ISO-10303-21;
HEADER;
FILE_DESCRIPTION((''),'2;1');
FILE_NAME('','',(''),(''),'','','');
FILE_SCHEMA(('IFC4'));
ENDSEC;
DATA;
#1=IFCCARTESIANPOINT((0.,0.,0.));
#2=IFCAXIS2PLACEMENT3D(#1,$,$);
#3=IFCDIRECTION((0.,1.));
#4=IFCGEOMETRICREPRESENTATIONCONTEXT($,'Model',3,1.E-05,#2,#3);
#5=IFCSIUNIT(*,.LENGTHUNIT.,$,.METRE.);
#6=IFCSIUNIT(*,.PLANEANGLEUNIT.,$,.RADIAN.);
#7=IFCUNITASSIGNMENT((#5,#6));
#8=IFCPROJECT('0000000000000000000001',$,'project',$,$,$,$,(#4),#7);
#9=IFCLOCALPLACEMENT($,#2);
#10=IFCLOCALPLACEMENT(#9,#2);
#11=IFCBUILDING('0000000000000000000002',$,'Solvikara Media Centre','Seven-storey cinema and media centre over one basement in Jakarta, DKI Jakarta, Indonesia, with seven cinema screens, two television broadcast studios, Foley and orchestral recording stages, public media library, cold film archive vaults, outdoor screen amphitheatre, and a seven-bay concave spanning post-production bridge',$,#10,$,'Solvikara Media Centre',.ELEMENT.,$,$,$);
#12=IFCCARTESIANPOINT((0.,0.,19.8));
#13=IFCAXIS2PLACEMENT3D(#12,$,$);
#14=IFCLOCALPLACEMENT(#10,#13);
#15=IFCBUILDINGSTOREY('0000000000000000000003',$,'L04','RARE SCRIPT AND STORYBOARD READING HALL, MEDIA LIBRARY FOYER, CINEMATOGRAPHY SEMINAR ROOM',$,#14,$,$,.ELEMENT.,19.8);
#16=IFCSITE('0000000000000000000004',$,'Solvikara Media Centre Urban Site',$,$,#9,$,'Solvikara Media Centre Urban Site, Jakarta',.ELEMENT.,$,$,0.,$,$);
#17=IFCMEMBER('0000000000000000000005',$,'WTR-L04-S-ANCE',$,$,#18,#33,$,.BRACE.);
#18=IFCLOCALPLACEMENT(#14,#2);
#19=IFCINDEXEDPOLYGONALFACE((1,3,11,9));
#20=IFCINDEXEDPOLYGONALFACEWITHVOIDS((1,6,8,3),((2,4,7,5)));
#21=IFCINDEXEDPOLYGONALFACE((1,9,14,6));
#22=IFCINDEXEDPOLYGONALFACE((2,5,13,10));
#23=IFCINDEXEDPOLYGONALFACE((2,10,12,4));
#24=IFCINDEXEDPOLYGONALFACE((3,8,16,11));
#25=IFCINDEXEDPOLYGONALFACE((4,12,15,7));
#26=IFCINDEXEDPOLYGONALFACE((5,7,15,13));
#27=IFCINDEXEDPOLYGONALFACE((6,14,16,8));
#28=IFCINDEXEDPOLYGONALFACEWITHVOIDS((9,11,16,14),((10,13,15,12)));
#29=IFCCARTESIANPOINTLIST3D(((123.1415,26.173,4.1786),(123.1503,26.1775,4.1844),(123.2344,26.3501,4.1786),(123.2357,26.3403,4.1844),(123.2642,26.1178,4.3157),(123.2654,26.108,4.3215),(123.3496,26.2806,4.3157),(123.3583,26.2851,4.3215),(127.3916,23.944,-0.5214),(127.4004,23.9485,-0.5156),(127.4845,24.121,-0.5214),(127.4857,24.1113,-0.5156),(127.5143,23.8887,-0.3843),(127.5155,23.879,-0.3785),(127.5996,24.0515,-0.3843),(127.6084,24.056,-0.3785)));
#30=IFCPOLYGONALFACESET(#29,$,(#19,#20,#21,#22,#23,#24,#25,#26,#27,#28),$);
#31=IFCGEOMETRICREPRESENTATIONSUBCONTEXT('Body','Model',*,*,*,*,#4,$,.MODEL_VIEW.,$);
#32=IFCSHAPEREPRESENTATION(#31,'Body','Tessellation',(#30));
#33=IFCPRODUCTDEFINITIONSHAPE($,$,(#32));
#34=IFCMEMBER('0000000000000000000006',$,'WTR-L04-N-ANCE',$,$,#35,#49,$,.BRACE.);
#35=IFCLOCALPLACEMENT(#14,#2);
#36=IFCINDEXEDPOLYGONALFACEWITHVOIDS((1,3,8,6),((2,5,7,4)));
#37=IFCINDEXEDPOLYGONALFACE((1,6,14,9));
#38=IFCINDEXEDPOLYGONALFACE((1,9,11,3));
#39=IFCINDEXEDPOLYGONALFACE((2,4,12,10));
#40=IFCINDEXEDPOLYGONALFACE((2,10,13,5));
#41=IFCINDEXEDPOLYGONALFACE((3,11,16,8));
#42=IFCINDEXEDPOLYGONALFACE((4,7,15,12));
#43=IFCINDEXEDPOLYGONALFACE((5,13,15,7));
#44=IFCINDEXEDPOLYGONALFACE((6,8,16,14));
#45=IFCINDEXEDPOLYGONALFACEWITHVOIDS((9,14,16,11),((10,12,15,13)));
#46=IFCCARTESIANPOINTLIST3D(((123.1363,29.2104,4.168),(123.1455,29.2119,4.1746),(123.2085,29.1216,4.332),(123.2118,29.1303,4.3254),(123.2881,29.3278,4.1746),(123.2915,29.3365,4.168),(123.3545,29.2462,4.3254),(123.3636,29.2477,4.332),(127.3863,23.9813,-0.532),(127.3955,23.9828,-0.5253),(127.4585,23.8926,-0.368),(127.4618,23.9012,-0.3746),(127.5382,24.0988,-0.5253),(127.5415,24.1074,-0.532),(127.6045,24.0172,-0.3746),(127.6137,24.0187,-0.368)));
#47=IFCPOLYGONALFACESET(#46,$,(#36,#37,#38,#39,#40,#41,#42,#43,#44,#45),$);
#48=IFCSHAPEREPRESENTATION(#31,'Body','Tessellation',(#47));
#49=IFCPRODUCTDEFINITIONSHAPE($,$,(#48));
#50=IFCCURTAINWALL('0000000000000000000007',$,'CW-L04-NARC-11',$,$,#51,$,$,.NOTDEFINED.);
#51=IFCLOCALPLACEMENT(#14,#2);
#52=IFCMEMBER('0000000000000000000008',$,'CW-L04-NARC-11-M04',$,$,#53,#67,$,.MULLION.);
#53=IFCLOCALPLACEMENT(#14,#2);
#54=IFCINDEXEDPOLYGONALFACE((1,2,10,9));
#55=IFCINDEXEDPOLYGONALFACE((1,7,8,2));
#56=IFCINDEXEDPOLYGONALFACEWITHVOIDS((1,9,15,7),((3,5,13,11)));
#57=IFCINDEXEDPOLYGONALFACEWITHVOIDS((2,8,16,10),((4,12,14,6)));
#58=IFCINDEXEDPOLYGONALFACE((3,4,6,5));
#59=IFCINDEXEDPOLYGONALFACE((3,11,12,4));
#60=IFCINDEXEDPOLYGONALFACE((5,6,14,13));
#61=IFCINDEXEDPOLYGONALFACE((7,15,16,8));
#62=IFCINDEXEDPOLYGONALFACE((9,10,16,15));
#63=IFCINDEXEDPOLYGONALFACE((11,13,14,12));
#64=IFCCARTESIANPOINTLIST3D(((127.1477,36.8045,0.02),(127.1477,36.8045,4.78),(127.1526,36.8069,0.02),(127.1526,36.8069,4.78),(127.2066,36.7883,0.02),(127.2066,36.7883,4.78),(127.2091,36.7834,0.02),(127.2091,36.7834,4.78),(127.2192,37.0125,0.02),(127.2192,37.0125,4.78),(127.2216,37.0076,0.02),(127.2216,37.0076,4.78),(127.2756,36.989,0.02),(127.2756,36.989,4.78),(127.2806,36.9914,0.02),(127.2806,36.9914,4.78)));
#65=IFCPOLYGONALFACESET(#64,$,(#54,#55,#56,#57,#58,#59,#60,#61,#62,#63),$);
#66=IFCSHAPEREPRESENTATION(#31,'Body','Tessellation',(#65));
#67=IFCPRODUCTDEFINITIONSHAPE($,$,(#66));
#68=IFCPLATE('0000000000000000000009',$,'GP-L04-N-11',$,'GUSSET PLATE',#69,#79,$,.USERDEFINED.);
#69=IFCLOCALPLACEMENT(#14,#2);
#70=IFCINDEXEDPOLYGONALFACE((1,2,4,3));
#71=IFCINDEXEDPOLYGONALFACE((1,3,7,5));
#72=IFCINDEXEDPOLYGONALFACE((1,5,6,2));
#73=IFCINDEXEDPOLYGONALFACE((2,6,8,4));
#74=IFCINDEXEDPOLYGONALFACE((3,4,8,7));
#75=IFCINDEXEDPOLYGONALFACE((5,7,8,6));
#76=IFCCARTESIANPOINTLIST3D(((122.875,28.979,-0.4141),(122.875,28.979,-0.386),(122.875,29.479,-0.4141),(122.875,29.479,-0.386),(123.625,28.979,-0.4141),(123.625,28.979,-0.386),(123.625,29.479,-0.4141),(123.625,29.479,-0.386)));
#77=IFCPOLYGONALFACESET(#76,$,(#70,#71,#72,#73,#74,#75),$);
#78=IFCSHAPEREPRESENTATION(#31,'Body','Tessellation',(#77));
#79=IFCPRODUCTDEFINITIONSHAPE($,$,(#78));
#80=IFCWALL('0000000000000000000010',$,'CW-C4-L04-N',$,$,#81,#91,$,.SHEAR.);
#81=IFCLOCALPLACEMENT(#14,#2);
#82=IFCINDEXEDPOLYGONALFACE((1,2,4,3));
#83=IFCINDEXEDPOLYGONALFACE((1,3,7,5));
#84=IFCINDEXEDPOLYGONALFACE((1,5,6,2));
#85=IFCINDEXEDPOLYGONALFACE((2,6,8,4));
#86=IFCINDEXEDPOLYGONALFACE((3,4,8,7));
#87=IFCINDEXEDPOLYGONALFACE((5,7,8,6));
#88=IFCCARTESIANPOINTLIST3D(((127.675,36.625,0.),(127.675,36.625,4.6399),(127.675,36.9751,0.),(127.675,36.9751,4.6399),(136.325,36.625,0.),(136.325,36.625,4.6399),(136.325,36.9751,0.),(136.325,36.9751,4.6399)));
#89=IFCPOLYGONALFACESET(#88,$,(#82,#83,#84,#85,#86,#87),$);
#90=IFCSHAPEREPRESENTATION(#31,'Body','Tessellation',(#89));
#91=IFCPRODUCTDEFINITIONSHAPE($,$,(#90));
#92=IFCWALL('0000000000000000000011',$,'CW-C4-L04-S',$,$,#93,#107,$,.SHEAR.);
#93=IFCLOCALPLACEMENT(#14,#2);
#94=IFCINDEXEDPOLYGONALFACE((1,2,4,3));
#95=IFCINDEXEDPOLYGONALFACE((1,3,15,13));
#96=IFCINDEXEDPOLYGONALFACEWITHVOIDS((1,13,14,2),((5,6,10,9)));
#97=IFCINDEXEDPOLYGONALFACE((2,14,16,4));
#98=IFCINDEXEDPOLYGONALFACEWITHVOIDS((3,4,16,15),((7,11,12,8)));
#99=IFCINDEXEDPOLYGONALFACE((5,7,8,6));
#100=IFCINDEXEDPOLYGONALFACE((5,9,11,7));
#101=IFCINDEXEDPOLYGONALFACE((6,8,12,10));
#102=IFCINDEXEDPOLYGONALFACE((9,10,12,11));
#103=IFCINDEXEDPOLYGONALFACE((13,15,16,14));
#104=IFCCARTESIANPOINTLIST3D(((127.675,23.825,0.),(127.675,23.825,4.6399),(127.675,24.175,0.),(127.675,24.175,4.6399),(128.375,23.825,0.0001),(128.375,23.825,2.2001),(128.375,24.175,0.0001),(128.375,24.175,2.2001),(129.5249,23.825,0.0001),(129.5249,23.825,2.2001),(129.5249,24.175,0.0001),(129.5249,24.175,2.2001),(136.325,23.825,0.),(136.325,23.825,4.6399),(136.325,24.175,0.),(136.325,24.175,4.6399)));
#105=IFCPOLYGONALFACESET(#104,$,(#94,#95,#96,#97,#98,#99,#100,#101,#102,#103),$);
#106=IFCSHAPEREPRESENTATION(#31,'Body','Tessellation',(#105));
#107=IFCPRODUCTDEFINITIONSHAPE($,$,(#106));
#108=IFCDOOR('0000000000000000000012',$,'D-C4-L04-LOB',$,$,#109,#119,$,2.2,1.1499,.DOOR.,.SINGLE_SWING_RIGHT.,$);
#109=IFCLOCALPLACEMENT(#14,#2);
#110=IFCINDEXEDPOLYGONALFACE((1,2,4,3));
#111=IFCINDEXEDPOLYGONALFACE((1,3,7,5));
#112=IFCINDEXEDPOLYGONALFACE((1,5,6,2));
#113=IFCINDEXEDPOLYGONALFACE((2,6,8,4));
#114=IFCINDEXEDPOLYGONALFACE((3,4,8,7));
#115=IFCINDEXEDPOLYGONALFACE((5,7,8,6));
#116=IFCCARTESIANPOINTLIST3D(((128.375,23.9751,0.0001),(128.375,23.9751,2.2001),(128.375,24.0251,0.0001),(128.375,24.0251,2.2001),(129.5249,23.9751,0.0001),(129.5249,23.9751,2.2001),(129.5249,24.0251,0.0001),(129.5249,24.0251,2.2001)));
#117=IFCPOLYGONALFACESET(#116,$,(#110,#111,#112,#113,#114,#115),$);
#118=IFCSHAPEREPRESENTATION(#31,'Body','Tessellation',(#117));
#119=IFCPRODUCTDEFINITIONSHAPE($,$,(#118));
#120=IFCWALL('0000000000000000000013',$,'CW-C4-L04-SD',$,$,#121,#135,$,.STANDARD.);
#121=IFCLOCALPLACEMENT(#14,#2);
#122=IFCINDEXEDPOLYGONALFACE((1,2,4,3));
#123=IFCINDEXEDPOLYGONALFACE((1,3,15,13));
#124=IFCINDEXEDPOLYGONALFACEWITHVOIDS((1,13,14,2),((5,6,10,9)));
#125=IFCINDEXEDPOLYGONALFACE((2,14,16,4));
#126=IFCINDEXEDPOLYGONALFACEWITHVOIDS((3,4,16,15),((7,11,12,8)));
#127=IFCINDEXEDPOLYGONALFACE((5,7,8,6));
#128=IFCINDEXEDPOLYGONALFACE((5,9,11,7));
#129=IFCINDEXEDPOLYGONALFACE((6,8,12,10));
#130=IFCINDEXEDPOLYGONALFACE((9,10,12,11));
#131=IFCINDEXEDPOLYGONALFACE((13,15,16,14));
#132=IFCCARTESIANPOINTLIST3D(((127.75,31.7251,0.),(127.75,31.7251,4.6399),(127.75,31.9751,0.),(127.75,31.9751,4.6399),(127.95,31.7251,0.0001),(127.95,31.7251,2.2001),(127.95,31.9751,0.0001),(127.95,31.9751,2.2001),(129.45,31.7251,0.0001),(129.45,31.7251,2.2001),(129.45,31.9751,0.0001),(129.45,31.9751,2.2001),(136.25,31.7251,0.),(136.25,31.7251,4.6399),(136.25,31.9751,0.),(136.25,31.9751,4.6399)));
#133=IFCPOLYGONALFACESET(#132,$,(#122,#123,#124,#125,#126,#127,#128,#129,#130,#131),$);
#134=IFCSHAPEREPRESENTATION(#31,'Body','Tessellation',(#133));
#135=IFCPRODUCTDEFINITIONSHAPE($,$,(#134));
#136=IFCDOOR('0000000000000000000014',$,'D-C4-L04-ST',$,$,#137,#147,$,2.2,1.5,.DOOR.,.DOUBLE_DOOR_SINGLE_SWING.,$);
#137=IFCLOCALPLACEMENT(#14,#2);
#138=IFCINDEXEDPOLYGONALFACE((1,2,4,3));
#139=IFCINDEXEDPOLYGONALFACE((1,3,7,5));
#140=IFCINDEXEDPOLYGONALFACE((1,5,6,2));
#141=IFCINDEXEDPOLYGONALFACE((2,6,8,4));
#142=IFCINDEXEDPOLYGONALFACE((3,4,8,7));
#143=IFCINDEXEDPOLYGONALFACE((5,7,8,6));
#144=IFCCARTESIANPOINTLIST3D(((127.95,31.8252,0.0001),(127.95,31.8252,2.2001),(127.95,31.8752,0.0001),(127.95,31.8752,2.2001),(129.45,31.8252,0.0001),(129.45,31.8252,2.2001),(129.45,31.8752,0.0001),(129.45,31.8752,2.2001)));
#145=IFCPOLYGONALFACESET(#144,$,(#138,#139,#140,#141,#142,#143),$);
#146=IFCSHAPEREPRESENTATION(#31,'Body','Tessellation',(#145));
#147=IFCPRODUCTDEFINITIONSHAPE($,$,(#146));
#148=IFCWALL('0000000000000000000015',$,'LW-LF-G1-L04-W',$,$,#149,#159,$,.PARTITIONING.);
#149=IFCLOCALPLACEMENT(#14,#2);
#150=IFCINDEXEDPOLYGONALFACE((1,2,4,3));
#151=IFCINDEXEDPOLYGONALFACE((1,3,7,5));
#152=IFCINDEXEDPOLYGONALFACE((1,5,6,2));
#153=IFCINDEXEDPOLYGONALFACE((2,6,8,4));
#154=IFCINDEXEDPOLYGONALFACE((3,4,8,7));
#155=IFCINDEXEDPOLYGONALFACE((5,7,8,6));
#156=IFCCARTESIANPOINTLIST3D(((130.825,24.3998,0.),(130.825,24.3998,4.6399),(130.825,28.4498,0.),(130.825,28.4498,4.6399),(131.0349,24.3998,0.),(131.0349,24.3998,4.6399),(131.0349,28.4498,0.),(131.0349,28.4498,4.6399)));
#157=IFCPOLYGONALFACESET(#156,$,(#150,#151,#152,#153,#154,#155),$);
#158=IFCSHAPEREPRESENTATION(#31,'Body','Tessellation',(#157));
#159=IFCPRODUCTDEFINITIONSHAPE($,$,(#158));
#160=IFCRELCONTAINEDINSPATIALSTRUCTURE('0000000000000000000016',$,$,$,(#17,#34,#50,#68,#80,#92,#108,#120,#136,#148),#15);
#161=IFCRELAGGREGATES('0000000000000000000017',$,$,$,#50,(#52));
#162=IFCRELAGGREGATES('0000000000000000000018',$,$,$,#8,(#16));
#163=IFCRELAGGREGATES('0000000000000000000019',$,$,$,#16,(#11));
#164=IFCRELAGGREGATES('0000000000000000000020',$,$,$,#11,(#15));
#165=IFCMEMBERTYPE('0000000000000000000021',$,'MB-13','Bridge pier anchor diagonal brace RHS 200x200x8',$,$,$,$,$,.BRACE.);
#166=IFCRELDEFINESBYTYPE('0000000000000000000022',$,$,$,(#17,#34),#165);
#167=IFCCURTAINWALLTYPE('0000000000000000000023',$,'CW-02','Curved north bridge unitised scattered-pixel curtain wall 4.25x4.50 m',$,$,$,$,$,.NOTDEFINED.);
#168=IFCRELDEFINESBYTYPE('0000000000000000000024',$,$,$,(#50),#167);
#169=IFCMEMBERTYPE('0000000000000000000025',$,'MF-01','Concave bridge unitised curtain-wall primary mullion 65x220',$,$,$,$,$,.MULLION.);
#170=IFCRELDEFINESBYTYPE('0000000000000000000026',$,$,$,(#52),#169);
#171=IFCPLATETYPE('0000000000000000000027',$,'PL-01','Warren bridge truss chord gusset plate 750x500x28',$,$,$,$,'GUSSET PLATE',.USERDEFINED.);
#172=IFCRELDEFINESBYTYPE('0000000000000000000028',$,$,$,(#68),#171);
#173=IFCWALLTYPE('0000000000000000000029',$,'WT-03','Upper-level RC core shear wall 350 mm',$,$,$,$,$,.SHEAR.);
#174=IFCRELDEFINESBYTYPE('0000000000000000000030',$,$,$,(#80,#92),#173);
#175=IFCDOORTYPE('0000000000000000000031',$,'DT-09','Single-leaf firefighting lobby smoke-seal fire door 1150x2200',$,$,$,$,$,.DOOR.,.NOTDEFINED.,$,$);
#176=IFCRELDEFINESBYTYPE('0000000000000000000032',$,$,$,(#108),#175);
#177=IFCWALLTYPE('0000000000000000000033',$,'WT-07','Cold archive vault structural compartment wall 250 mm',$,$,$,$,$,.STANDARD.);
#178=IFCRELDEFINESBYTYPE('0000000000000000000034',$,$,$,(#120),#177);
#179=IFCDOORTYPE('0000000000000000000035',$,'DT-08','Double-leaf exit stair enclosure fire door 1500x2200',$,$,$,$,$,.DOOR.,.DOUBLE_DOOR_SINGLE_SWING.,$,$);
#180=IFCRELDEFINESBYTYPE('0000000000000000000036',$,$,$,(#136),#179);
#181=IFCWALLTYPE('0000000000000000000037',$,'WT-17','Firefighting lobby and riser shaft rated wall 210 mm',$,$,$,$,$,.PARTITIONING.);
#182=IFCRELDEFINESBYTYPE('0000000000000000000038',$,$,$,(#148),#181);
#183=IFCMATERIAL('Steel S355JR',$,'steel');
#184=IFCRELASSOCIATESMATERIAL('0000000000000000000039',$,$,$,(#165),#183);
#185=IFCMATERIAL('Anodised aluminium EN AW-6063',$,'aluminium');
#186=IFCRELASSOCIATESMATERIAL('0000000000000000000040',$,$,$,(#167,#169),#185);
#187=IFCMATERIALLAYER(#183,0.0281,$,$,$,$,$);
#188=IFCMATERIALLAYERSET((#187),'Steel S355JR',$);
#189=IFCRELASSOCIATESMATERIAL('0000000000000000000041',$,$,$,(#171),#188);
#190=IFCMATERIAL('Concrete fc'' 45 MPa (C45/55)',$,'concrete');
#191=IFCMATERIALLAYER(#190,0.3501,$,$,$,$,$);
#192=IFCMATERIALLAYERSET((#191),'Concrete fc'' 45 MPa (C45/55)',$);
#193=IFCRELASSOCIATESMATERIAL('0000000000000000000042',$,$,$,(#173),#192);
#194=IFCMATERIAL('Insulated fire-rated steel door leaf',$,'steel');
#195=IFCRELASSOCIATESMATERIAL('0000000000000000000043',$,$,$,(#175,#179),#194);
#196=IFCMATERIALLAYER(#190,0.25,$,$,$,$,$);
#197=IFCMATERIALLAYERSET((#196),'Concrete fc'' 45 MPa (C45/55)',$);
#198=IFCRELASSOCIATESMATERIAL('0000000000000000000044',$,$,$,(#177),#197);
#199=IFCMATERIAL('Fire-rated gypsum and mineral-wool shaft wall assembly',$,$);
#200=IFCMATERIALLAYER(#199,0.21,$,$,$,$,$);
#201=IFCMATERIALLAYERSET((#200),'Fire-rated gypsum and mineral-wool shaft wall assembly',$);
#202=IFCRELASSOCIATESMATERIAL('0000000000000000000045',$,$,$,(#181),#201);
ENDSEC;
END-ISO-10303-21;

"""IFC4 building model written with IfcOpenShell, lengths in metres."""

from ifc_helpers import new_model, si_unit, direction, frame, frame_2d, origin, origin_2d, place, context, subcontext, project, spatial, rectangle, hollow_rectangle, extrude, material, layer, layer_set, material_profile, profile_set, type_object, element, fill, aggregate, save


model = new_model("IFC4")

# Units and contexts
model_context = context("Model", 3, precision=1e-05, world=origin(), true_north=direction((0.0, 1.0)))
body_context = subcontext(model_context, "Body", "Model", "MODEL_VIEW")
ifc_project = project(units=[si_unit("LENGTHUNIT", "METRE"), si_unit("PLANEANGLEUNIT", "RADIAN")], contexts=[model_context])

# Site, building, storey
site_placement = place(None, origin())
site = spatial("IfcSite", under=ifc_project, at=site_placement, Name="Solvikara Media Centre Urban Site", LongName="Solvikara Media Centre Urban Site, Jakarta", CompositionType="ELEMENT", RefElevation=0.0)
building_placement = place(site_placement, origin())
building = spatial("IfcBuilding", under=site, at=building_placement, Name="Solvikara Media Centre", Description="Seven-storey cinema and media centre over one basement in Jakarta, DKI Jakarta, Indonesia, with seven cinema screens, two television broadcast studios, Foley and orchestral recording stages, public media library, cold film archive vaults, outdoor screen amphitheatre, and a seven-bay concave spanning post-production bridge", LongName="Solvikara Media Centre", CompositionType="ELEMENT")
storey_placement = place(building_placement, frame((0.0, 0.0, 19.8)))
storey = spatial("IfcBuildingStorey", under=building, at=storey_placement, Name="L04", Description="RARE SCRIPT AND STORYBOARD READING HALL, MEDIA LIBRARY FOYER, CINEMATOGRAPHY SEMINAR ROOM", CompositionType="ELEMENT", Elevation=19.8)

# Shared definitions
ifc_material_1 = material(Name="Steel S355JR", Category="steel")

# Members
ifc_material_profile_1 = material_profile(ifc_material_1, hollow_rectangle(XDim=0.2, YDim=0.2, WallThickness=0.0081, at=origin_2d()), Name="RHS 200x200x8")
ifc_profile_set_1 = profile_set([ifc_material_profile_1], Name="Steel S355JR")
member_type_1 = type_object("IfcMemberType", Name="MB-13", Description="Bridge pier anchor diagonal brace RHS 200x200x8", PredefinedType="BRACE", material=ifc_profile_set_1)
member_1_placement = place(storey_placement, frame((127.5, 24.0, -0.45), z_axis=(-0.632706, 0.331836, 0.699691), x_axis=(-0.464467, -0.88559, 0.0)))
element("IfcMember", 1, at=member_1_placement, inside=storey, type_object=member_type_1, Name="WTR-L04-S-ANCE", PredefinedType="BRACE", context=body_context, shape_type="SweptSolid", body=[
    extrude(hollow_rectangle(XDim=0.2, YDim=0.2, WallThickness=0.0081, at=origin_2d()), origin(), (0.0, 0.0, 1.0), 6.7173),
])
member_2_placement = place(storey_placement, frame((127.5, 24.0, -0.45), z_axis=(-0.517315, 0.63648, 0.572083), x_axis=(-0.77601, -0.630721, 0.0)))
element("IfcMember", 2, at=member_2_placement, inside=storey, type_object=member_type_1, Name="WTR-L04-N-ANCE", PredefinedType="BRACE", context=body_context, shape_type="SweptSolid", body=[
    extrude(hollow_rectangle(XDim=0.2, YDim=0.2, WallThickness=0.0081, at=origin_2d()), origin(), (0.0, 0.0, 1.0), 8.2156),
])

# Curtain wall, member
ifc_material_2 = material(Name="Anodised aluminium EN AW-6063", Category="aluminium")
curtain_wall_type = type_object("IfcCurtainWallType", Name="CW-02", Description="Curved north bridge unitised scattered-pixel curtain wall 4.25x4.50 m", PredefinedType="NOTDEFINED", material=ifc_material_2)
curtain_wall_placement = place(storey_placement, origin())
curtain_wall = element("IfcCurtainWall", 3, at=curtain_wall_placement, inside=storey, type_object=curtain_wall_type, Name="CW-L04-NARC-11", PredefinedType="NOTDEFINED")
ifc_material_profile_2 = material_profile(ifc_material_2, hollow_rectangle(XDim=0.0649, YDim=0.22, WallThickness=0.0039, at=origin_2d()), Name="ALU-M 65x220x4")
ifc_profile_set_2 = profile_set([ifc_material_profile_2], Name="Anodised aluminium EN AW-6063")
member_type_2 = type_object("IfcMemberType", Name="MF-01", Description="Concave bridge unitised curtain-wall primary mullion 65x220", PredefinedType="MULLION", material=ifc_profile_set_2)
member_3_placement = place(storey_placement, frame((127.2141, 36.8979, 0.02), z_axis=(0.0, 0.0, 1.0), x_axis=(0.945706, -0.325024, 0.0)))
member_3 = element("IfcMember", 4, at=member_3_placement, type_object=member_type_2, Name="CW-L04-NARC-11-M04", PredefinedType="MULLION", context=body_context, shape_type="SweptSolid", body=[
    extrude(hollow_rectangle(XDim=0.0649, YDim=0.22, WallThickness=0.0039, at=origin_2d()), origin(), (0.0, 0.0, 1.0), 4.76),
])
aggregate(curtain_wall, [member_3])

# Plate
ifc_layer_1 = layer(ifc_material_1, 0.0281)
ifc_layer_set_1 = layer_set([ifc_layer_1], Name="Steel S355JR")
plate_type = type_object("IfcPlateType", Name="PL-01", Description="Warren bridge truss chord gusset plate 750x500x28", ElementType="GUSSET PLATE", PredefinedType="USERDEFINED", material=ifc_layer_set_1)
plate_placement = place(storey_placement, frame((123.25, 29.229, -0.4141), z_axis=(0.0, 0.0, 1.0), x_axis=(1.0, 0.0, 0.0)))
element("IfcPlate", 5, at=plate_placement, inside=storey, type_object=plate_type, Name="GP-L04-N-11", ObjectType="GUSSET PLATE", PredefinedType="USERDEFINED", context=body_context, shape_type="SweptSolid", body=[
    extrude(rectangle(XDim=0.75, YDim=0.5, at=origin_2d()), origin(), (0.0, 0.0, 1.0), 0.0281),
])

# Wall
ifc_material_3 = material(Name="Concrete fc' 45 MPa (C45/55)", Category="concrete")
ifc_layer_2 = layer(ifc_material_3, 0.3501)
ifc_layer_set_2 = layer_set([ifc_layer_2], Name="Concrete fc' 45 MPa (C45/55)")
wall_type_1 = type_object("IfcWallType", Name="WT-03", Description="Upper-level RC core shear wall 350 mm", PredefinedType="SHEAR", material=ifc_layer_set_2)
wall_1_placement = place(storey_placement, frame((127.675, 36.8, 0.0), z_axis=(0.0, 0.0, 1.0), x_axis=(1.0, 0.0, 0.0)))
element("IfcWall", 6, at=wall_1_placement, inside=storey, type_object=wall_type_1, Name="CW-C4-L04-N", PredefinedType="SHEAR", context=body_context, shape_type="SweptSolid", body=[
    extrude(rectangle(XDim=8.6499, YDim=0.3501, at=frame_2d((4.325, 0.0))), origin(), (0.0, 0.0, 1.0), 4.6399),
])

# Walls, openings, doors
wall_2_placement = place(storey_placement, frame((127.675, 24.0, 0.0), z_axis=(0.0, 0.0, 1.0), x_axis=(1.0, 0.0, 0.0)))
wall_2 = element("IfcWall", 7, at=wall_2_placement, inside=storey, type_object=wall_type_1, Name="CW-C4-L04-S", PredefinedType="SHEAR", context=body_context, shape_type="SweptSolid", body=[
    extrude(rectangle(XDim=8.6499, YDim=0.3501, at=frame_2d((4.325, 0.0))), origin(), (0.0, 0.0, 1.0), 4.6399),
])
opening_1_placement = place(wall_2_placement, frame((0.7, 0.0, 0.0)))
opening_1 = element("IfcOpeningElement", 8, at=opening_1_placement, cuts=wall_2, PredefinedType="OPENING", context=body_context, shape_type="SweptSolid", body=[
    extrude(rectangle(XDim=1.1499, YDim=2.2, at=frame_2d((0.575, 1.1001))), frame((0.0, 0.187, 0.0), z_axis=(0.0, -1.0, 0.0), x_axis=(1.0, 0.0, 0.0)), (0.0, 0.0, 1.0), 0.374),
])
ifc_material_4 = material(Name="Insulated fire-rated steel door leaf", Category="steel")
door_type_1 = type_object("IfcDoorType", Name="DT-09", Description="Single-leaf firefighting lobby smoke-seal fire door 1150x2200", OperationType="NOTDEFINED", PredefinedType="DOOR", material=ifc_material_4)
door_1_placement = place(opening_1_placement, frame((1.1499, 0.0, 0.0), z_axis=(0.0, 0.0, 1.0), x_axis=(-1.0, 0.0, 0.0)))
door_1 = element("IfcDoor", 9, at=door_1_placement, inside=storey, type_object=door_type_1, Name="D-C4-L04-LOB", OperationType="SINGLE_SWING_RIGHT", OverallHeight=2.2, OverallWidth=1.1499, PredefinedType="DOOR", context=body_context, shape_type="SweptSolid", body=[
    extrude(rectangle(XDim=1.1499, YDim=2.2, at=frame_2d((0.575, 1.1001))), frame((0.0, 0.0249, 0.0), z_axis=(0.0, -1.0, 0.0), x_axis=(1.0, 0.0, 0.0)), (0.0, 0.0, 1.0), 0.05),
])
fill(opening_1, door_1)
ifc_layer_3 = layer(ifc_material_3, 0.25)
ifc_layer_set_3 = layer_set([ifc_layer_3], Name="Concrete fc' 45 MPa (C45/55)")
wall_type_2 = type_object("IfcWallType", Name="WT-07", Description="Cold archive vault structural compartment wall 250 mm", PredefinedType="STANDARD", material=ifc_layer_set_3)
wall_3_placement = place(storey_placement, frame((127.75, 31.8501, 0.0), z_axis=(0.0, 0.0, 1.0), x_axis=(1.0, 0.0, 0.0)))
wall_3 = element("IfcWall", 10, at=wall_3_placement, inside=storey, type_object=wall_type_2, Name="CW-C4-L04-SD", PredefinedType="STANDARD", context=body_context, shape_type="SweptSolid", body=[
    extrude(rectangle(XDim=8.5, YDim=0.25, at=frame_2d((4.25, 0.0))), origin(), (0.0, 0.0, 1.0), 4.6399),
])
opening_2_placement = place(wall_3_placement, frame((0.2, 0.0, 0.0)))
opening_2 = element("IfcOpeningElement", 11, at=opening_2_placement, cuts=wall_3, PredefinedType="OPENING", context=body_context, shape_type="SweptSolid", body=[
    extrude(rectangle(XDim=1.5, YDim=2.2, at=frame_2d((0.75, 1.1001))), frame((0.0, 0.137, 0.0), z_axis=(0.0, -1.0, 0.0), x_axis=(1.0, 0.0, 0.0)), (0.0, 0.0, 1.0), 0.2739),
])
door_type_2 = type_object("IfcDoorType", Name="DT-08", Description="Double-leaf exit stair enclosure fire door 1500x2200", OperationType="DOUBLE_DOOR_SINGLE_SWING", PredefinedType="DOOR", material=ifc_material_4)
door_2_placement = place(opening_2_placement, frame((1.5, 0.0, 0.0), z_axis=(0.0, 0.0, 1.0), x_axis=(-1.0, 0.0, 0.0)))
door_2 = element("IfcDoor", 12, at=door_2_placement, inside=storey, type_object=door_type_2, Name="D-C4-L04-ST", OperationType="DOUBLE_DOOR_SINGLE_SWING", OverallHeight=2.2, OverallWidth=1.5, PredefinedType="DOOR", context=body_context, shape_type="SweptSolid", body=[
    extrude(rectangle(XDim=1.5, YDim=2.2, at=frame_2d((0.75, 1.1001))), frame((0.0, 0.0249, 0.0), z_axis=(0.0, -1.0, 0.0), x_axis=(1.0, 0.0, 0.0)), (0.0, 0.0, 1.0), 0.05),
])
fill(opening_2, door_2)

# Wall
ifc_material_5 = material(Name="Fire-rated gypsum and mineral-wool shaft wall assembly")
ifc_layer_4 = layer(ifc_material_5, 0.21)
ifc_layer_set_4 = layer_set([ifc_layer_4], Name="Fire-rated gypsum and mineral-wool shaft wall assembly")
wall_type_3 = type_object("IfcWallType", Name="WT-17", Description="Firefighting lobby and riser shaft rated wall 210 mm", PredefinedType="PARTITIONING", material=ifc_layer_set_4)
wall_4_placement = place(storey_placement, frame((130.9299, 24.3999, 0.0), z_axis=(0.0, 0.0, 1.0), x_axis=(0.0, 1.0, 0.0)))
element("IfcWall", 13, at=wall_4_placement, inside=storey, type_object=wall_type_3, Name="LW-LF-G1-L04-W", PredefinedType="PARTITIONING", context=body_context, shape_type="SweptSolid", body=[
    extrude(rectangle(XDim=4.05, YDim=0.21, at=frame_2d((2.0249, 0.0))), origin(), (0.0, 0.0, 1.0), 4.6399),
])

save(model, "model.ifc")
